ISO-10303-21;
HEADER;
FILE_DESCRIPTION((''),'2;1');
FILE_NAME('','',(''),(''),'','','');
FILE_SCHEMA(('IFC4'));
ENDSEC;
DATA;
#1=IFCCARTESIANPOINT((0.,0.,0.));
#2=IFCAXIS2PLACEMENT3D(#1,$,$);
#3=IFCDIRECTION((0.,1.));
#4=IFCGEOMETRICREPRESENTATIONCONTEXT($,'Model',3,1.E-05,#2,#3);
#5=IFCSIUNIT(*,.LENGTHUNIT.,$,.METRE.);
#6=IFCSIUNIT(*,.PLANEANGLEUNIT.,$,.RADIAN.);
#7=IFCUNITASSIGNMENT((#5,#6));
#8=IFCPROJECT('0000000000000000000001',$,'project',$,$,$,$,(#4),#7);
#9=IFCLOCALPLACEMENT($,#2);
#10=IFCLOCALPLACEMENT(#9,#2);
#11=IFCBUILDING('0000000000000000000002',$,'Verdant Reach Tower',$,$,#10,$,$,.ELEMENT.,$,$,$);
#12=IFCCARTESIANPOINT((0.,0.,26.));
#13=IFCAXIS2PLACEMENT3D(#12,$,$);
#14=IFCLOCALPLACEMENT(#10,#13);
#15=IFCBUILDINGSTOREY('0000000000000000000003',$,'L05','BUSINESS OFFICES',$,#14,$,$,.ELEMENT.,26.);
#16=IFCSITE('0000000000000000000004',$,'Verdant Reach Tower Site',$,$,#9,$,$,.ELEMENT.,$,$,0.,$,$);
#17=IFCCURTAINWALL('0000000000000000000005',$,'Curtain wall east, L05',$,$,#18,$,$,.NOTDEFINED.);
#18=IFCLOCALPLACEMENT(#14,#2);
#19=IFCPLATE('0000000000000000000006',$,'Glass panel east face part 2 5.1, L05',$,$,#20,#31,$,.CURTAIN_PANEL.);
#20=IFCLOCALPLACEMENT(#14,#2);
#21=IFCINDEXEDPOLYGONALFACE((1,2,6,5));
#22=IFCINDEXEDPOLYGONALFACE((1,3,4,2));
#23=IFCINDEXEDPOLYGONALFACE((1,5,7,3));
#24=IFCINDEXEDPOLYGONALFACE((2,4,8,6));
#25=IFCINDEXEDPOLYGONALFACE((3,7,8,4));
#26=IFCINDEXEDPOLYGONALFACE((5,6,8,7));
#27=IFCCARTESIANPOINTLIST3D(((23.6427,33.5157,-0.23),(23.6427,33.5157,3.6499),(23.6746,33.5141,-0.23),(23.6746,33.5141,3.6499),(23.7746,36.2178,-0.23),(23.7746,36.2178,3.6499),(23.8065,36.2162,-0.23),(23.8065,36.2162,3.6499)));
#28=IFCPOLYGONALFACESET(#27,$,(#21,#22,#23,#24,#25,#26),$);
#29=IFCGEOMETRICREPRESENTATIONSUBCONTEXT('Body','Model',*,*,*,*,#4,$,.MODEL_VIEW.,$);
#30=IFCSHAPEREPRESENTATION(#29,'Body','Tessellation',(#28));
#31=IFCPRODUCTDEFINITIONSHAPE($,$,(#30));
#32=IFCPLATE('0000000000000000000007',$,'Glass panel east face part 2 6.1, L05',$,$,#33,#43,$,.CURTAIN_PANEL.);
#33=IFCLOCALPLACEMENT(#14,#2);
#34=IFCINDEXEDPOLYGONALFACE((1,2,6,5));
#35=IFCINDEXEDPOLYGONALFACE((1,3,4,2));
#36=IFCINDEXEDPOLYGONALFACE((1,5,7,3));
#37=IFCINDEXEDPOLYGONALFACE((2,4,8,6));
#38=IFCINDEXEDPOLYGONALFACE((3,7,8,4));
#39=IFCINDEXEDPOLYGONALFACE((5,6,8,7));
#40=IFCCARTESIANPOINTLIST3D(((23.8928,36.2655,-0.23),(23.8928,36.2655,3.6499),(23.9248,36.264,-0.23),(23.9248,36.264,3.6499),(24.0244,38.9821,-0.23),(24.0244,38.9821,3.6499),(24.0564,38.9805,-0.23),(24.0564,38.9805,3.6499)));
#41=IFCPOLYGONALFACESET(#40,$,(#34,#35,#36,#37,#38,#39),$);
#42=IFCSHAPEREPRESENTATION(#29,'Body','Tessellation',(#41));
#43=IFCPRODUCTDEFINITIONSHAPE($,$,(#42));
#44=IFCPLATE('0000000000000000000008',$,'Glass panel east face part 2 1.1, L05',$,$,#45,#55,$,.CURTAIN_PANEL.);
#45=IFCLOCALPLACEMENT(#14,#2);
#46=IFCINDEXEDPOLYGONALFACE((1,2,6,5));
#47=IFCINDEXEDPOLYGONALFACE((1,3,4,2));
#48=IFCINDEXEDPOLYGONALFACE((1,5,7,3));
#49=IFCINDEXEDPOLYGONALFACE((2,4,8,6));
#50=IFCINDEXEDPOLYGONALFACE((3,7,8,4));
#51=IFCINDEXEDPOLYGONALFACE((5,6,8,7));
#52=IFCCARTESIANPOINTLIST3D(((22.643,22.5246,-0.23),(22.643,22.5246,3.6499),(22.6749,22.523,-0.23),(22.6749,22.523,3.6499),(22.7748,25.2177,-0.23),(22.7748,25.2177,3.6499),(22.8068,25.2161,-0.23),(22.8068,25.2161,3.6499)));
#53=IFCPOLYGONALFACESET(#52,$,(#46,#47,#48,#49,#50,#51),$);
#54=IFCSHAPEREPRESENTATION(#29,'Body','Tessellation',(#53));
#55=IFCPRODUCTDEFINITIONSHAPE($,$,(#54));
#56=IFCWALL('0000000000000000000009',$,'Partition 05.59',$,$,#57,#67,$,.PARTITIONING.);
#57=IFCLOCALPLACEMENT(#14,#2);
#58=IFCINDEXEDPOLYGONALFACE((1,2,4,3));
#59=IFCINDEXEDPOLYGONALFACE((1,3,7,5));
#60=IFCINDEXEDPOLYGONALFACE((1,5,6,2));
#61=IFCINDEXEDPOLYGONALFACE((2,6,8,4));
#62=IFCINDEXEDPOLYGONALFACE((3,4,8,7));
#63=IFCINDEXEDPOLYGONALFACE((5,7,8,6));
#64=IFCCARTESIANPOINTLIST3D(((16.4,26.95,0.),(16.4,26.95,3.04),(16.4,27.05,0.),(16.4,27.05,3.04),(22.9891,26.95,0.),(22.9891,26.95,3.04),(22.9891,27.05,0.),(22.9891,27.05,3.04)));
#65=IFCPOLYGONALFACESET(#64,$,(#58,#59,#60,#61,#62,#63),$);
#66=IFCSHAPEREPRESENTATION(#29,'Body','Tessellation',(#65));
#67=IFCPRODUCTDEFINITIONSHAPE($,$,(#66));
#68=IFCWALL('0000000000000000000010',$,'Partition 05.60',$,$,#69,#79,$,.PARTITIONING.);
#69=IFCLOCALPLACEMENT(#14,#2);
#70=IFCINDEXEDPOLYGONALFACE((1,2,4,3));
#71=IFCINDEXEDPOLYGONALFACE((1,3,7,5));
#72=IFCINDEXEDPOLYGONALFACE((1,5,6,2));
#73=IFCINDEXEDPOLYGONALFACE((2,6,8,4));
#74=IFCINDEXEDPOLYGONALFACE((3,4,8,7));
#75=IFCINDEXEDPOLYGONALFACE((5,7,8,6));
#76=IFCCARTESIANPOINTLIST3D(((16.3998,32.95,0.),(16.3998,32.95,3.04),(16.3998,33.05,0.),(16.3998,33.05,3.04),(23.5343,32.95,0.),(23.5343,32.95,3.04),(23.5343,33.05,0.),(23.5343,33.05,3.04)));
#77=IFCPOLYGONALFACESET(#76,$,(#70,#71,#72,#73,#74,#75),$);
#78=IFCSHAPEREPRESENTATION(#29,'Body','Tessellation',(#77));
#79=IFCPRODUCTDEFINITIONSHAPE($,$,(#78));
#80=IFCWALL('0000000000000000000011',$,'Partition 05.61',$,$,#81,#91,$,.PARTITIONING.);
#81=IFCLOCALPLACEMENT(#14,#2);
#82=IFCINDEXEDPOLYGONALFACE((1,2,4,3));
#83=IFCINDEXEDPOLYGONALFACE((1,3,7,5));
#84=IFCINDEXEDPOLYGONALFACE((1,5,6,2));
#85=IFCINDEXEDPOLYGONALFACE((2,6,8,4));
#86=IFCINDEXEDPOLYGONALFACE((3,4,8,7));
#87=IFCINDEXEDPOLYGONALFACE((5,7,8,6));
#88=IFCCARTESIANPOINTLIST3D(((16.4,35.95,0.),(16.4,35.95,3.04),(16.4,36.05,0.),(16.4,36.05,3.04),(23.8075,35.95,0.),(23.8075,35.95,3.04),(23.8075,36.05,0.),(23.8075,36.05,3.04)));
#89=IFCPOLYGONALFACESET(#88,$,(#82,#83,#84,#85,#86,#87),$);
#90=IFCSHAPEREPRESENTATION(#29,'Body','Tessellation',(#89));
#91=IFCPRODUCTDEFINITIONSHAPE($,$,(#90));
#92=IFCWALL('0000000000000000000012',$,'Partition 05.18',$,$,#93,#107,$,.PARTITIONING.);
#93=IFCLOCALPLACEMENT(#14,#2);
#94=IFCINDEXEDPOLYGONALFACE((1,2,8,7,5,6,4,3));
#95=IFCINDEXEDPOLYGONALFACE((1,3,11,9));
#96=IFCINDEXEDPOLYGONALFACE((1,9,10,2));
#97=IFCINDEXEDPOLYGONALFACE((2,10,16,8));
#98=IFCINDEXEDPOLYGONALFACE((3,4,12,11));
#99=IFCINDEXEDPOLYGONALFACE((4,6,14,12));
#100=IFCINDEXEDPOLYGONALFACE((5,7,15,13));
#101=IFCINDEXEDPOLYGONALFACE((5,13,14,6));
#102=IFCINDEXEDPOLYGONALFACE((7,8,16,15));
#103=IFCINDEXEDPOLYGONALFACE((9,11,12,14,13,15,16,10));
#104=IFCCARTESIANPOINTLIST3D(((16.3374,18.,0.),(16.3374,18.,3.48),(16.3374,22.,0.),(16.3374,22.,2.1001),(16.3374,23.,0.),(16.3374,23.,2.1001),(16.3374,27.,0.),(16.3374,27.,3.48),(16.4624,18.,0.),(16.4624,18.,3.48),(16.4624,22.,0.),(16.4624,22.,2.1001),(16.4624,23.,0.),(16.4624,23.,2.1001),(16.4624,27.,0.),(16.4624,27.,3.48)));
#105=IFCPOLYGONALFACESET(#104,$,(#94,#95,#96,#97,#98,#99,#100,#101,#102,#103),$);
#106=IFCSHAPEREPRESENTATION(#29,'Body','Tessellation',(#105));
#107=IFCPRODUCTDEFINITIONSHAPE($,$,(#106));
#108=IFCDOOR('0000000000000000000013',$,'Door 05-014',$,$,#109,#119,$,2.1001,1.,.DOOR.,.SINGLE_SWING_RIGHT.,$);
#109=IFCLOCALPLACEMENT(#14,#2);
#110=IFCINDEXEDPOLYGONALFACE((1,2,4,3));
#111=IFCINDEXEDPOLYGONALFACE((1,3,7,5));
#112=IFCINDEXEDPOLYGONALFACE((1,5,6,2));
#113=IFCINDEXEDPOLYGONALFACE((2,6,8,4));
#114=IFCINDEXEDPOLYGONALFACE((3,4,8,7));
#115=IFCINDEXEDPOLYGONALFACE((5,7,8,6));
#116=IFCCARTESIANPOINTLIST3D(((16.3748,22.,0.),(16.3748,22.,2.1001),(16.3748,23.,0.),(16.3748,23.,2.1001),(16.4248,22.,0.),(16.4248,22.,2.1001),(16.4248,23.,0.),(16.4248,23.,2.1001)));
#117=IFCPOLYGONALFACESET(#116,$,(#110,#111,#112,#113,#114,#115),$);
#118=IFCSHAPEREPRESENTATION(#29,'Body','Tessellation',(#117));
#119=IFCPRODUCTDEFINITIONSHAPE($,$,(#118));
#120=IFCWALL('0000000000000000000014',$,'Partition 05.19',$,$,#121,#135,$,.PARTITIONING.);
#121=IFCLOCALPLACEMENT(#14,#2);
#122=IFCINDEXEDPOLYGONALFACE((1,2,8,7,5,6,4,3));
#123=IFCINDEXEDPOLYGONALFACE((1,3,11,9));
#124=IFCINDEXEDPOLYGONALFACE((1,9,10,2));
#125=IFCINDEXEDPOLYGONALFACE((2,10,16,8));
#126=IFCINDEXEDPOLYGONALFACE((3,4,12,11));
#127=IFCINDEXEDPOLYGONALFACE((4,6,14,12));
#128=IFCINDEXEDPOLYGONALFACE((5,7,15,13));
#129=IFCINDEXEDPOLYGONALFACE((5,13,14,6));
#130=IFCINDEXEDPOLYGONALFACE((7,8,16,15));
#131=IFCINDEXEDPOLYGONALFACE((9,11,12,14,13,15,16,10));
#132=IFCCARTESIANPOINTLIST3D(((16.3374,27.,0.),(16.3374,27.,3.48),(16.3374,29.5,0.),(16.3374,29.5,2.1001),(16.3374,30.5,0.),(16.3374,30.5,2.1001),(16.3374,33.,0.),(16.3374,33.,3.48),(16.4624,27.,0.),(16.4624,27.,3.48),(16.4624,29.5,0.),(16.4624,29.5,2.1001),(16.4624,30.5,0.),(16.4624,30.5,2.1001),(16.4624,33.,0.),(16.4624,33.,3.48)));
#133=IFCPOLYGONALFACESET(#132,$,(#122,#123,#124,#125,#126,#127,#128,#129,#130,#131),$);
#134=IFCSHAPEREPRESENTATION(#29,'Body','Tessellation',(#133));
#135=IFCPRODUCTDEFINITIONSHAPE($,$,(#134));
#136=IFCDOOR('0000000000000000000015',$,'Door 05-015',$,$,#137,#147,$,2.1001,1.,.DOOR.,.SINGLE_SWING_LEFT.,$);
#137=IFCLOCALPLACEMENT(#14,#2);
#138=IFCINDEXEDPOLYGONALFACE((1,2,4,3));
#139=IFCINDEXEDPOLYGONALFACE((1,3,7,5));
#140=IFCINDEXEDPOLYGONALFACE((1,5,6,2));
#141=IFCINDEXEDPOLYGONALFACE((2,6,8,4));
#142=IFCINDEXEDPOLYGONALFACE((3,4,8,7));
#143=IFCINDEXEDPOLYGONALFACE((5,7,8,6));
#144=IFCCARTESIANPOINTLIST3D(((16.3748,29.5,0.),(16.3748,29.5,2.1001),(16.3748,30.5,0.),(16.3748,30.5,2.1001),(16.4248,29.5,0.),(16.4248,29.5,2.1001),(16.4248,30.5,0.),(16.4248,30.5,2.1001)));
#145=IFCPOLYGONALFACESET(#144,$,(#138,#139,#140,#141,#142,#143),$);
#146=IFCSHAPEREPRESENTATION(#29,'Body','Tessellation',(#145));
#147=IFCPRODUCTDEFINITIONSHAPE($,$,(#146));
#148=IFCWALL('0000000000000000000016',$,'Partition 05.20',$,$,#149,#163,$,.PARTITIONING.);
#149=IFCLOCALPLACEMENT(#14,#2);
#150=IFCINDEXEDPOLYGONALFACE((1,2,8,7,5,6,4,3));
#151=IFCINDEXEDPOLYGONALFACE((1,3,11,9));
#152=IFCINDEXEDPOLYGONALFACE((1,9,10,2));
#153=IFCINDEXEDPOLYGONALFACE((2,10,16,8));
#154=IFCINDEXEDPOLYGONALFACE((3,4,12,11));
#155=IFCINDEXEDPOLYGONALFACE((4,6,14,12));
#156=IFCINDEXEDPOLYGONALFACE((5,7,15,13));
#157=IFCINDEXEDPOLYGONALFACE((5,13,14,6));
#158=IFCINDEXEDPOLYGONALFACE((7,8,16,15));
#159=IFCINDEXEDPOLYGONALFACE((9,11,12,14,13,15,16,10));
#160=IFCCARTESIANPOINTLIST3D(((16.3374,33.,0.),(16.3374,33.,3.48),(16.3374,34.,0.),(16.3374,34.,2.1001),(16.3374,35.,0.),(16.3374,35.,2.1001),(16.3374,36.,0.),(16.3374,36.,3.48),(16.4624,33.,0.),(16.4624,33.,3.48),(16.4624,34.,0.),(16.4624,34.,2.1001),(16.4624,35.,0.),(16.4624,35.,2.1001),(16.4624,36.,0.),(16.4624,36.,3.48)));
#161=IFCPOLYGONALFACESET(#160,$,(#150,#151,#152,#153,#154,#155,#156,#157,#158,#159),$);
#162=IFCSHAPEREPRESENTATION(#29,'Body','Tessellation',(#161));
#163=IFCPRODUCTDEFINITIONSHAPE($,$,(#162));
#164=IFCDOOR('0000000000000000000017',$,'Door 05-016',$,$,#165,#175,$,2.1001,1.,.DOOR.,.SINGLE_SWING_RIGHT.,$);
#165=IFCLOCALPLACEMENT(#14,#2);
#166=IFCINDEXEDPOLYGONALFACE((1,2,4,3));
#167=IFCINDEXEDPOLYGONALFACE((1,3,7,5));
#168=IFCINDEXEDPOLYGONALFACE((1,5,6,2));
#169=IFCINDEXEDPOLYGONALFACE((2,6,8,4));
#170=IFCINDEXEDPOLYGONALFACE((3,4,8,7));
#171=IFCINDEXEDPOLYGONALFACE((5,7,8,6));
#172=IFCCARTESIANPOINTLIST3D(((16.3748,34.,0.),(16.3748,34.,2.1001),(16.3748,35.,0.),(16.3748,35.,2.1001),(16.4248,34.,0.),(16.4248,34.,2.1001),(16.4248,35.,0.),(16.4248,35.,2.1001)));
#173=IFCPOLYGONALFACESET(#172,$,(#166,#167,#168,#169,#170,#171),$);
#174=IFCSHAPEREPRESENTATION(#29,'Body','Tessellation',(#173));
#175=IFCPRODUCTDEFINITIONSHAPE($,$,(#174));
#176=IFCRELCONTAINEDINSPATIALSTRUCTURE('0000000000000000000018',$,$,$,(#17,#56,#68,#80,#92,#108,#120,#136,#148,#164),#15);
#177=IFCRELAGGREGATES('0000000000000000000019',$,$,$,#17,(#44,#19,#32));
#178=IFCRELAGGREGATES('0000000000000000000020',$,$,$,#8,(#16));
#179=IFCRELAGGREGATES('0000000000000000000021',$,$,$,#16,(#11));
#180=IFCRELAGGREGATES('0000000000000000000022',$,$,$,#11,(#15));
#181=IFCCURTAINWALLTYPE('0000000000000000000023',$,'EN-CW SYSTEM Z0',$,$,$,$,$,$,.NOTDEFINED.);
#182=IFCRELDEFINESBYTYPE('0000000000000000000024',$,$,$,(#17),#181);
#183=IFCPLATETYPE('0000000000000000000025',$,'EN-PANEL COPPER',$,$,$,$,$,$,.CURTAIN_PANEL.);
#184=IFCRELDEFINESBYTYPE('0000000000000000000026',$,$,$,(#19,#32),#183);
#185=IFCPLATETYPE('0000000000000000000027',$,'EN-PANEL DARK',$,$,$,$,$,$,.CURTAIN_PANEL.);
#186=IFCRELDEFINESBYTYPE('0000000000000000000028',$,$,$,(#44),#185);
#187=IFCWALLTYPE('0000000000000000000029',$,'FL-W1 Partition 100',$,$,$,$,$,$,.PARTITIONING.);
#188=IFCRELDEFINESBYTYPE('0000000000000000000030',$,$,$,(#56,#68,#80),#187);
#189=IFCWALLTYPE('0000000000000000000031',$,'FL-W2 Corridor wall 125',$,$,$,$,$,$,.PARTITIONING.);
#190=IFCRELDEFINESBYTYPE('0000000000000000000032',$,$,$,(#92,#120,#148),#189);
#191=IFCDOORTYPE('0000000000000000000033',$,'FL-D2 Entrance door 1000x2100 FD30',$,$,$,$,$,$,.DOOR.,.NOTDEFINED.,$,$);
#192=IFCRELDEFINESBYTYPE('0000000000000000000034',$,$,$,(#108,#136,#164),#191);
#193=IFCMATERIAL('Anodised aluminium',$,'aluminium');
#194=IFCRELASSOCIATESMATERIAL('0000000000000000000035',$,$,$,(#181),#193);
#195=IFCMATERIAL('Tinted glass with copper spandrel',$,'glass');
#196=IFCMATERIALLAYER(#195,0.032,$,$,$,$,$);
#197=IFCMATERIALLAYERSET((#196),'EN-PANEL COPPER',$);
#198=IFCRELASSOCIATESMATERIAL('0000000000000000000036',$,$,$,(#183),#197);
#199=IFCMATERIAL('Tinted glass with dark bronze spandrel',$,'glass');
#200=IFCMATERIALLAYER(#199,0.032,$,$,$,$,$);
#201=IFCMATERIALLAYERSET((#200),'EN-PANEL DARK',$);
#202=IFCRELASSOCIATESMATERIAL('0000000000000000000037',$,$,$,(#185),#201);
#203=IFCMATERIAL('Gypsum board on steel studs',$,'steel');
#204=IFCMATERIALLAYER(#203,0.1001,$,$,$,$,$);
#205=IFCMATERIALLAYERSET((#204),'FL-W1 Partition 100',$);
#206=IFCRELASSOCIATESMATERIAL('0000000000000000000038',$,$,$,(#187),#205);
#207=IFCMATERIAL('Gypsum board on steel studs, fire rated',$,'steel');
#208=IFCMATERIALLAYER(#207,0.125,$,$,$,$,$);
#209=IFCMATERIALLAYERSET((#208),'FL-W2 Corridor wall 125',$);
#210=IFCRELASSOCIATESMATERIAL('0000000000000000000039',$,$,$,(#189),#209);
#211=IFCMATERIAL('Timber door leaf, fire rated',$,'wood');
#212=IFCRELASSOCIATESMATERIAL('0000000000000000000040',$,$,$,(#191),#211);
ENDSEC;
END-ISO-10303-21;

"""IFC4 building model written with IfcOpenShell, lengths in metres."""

from ifc_helpers import new_model, si_unit, direction, frame, frame_2d, origin, origin_2d, place, context, subcontext, project, spatial, rectangle, extrude, material, layer, layer_set, type_object, element, fill, aggregate, save


model = new_model("IFC4")

# Units and contexts
model_context = context("Model", 3, precision=1e-05, world=origin(), true_north=direction((0.0, 1.0)))
body_context = subcontext(model_context, "Body", "Model", "MODEL_VIEW")
ifc_project = project(units=[si_unit("LENGTHUNIT", "METRE"), si_unit("PLANEANGLEUNIT", "RADIAN")], contexts=[model_context])

# Site, building, storey
site_placement = place(None, origin())
site = spatial("IfcSite", under=ifc_project, at=site_placement, Name="Verdant Reach Tower Site", CompositionType="ELEMENT", RefElevation=0.0)
building_placement = place(site_placement, origin())
building = spatial("IfcBuilding", under=site, at=building_placement, Name="Verdant Reach Tower", CompositionType="ELEMENT")
storey_placement = place(building_placement, frame((0.0, 0.0, 26.0)))
storey = spatial("IfcBuildingStorey", under=building, at=storey_placement, Name="L05", Description="BUSINESS OFFICES", CompositionType="ELEMENT", Elevation=26.0)

# Curtain wall
ifc_material_1 = material(Name="Anodised aluminium", Category="aluminium")
curtain_wall_type = type_object("IfcCurtainWallType", Name="EN-CW SYSTEM Z0", PredefinedType="NOTDEFINED", material=ifc_material_1)
curtain_wall_placement = place(storey_placement, origin())
curtain_wall = element("IfcCurtainWall", 1, at=curtain_wall_placement, inside=storey, type_object=curtain_wall_type, Name="Curtain wall east, L05", PredefinedType="NOTDEFINED")

# Plates
ifc_material_2 = material(Name="Tinted glass with copper spandrel", Category="glass")
ifc_layer_1 = layer(ifc_material_2, 0.032)
ifc_layer_set_1 = layer_set([ifc_layer_1], Name="EN-PANEL COPPER")
plate_type_1 = type_object("IfcPlateType", Name="EN-PANEL COPPER", PredefinedType="CURTAIN_PANEL", material=ifc_layer_set_1)
plate_1_placement = place(storey_placement, frame((23.7246, 34.866, -0.23), z_axis=(0.0, 0.0, 1.0), x_axis=(0.048753, 0.998811, 0.0)))
plate_1 = element("IfcPlate", 2, at=plate_1_placement, type_object=plate_type_1, Name="Glass panel east face part 2 5.1, L05", PredefinedType="CURTAIN_PANEL", context=body_context, shape_type="SweptSolid", body=[
    extrude(rectangle(XDim=2.7053, YDim=0.032, at=origin_2d()), origin(), (0.0, 0.0, 1.0), 3.8799),
])
plate_2_placement = place(storey_placement, frame((23.9746, 37.623, -0.23), z_axis=(0.0, 0.0, 1.0), x_axis=(0.048383, 0.998829, 0.0)))
plate_2 = element("IfcPlate", 3, at=plate_2_placement, type_object=plate_type_1, Name="Glass panel east face part 2 6.1, L05", PredefinedType="CURTAIN_PANEL", context=body_context, shape_type="SweptSolid", body=[
    extrude(rectangle(XDim=2.7197, YDim=0.032, at=origin_2d()), origin(), (0.0, 0.0, 1.0), 3.8799),
])
ifc_material_3 = material(Name="Tinted glass with dark bronze spandrel", Category="glass")
ifc_layer_2 = layer(ifc_material_3, 0.032)
ifc_layer_set_2 = layer_set([ifc_layer_2], Name="EN-PANEL DARK")
plate_type_2 = type_object("IfcPlateType", Name="EN-PANEL DARK", PredefinedType="CURTAIN_PANEL", material=ifc_layer_set_2)
plate_3_placement = place(storey_placement, frame((22.7249, 23.8704, -0.23), z_axis=(0.0, 0.0, 1.0), x_axis=(0.048902, 0.998804, 0.0)))
plate_3 = element("IfcPlate", 4, at=plate_3_placement, type_object=plate_type_2, Name="Glass panel east face part 2 1.1, L05", PredefinedType="CURTAIN_PANEL", context=body_context, shape_type="SweptSolid", body=[
    extrude(rectangle(XDim=2.6963, YDim=0.032, at=origin_2d()), origin(), (0.0, 0.0, 1.0), 3.8799),
])
aggregate(curtain_wall, [plate_3, plate_1, plate_2])

# Walls
ifc_material_4 = material(Name="Gypsum board on steel studs", Category="steel")
ifc_layer_3 = layer(ifc_material_4, 0.1001)
ifc_layer_set_3 = layer_set([ifc_layer_3], Name="FL-W1 Partition 100")
wall_type_1 = type_object("IfcWallType", Name="FL-W1 Partition 100", PredefinedType="PARTITIONING", material=ifc_layer_set_3)
wall_1_placement = place(storey_placement, frame((22.989, 27.0, 0.0), z_axis=(0.0, 0.0, 1.0), x_axis=(-1.0, 0.0, 0.0)))
element("IfcWall", 5, at=wall_1_placement, inside=storey, type_object=wall_type_1, Name="Partition 05.59", PredefinedType="PARTITIONING", context=body_context, shape_type="SweptSolid", body=[
    extrude(rectangle(XDim=6.5891, YDim=0.1001, at=frame_2d((3.2944, 0.0))), origin(), (0.0, 0.0, 1.0), 3.04),
])
wall_2_placement = place(storey_placement, frame((23.5344, 33.0, 0.0), z_axis=(0.0, 0.0, 1.0), x_axis=(-1.0, 0.0, 0.0)))
element("IfcWall", 6, at=wall_2_placement, inside=storey, type_object=wall_type_1, Name="Partition 05.60", PredefinedType="PARTITIONING", context=body_context, shape_type="SweptSolid", body=[
    extrude(rectangle(XDim=7.1345, YDim=0.1001, at=frame_2d((3.5674, 0.0))), origin(), (0.0, 0.0, 1.0), 3.04),
])
wall_3_placement = place(storey_placement, frame((23.8074, 36.0, 0.0), z_axis=(0.0, 0.0, 1.0), x_axis=(-1.0, 0.0, 0.0)))
element("IfcWall", 7, at=wall_3_placement, inside=storey, type_object=wall_type_1, Name="Partition 05.61", PredefinedType="PARTITIONING", context=body_context, shape_type="SweptSolid", body=[
    extrude(rectangle(XDim=7.4075, YDim=0.1001, at=frame_2d((3.7036, 0.0))), origin(), (0.0, 0.0, 1.0), 3.04),
])

# Walls, openings, doors
ifc_material_5 = material(Name="Gypsum board on steel studs, fire rated", Category="steel")
ifc_layer_4 = layer(ifc_material_5, 0.125)
ifc_layer_set_4 = layer_set([ifc_layer_4], Name="FL-W2 Corridor wall 125")
wall_type_2 = type_object("IfcWallType", Name="FL-W2 Corridor wall 125", PredefinedType="PARTITIONING", material=ifc_layer_set_4)
wall_4_placement = place(storey_placement, frame((16.3999, 27.0, 0.0), z_axis=(0.0, 0.0, 1.0), x_axis=(0.0, -1.0, 0.0)))
wall_4 = element("IfcWall", 8, at=wall_4_placement, inside=storey, type_object=wall_type_2, Name="Partition 05.18", PredefinedType="PARTITIONING", context=body_context, shape_type="SweptSolid", body=[
    extrude(rectangle(XDim=9.0, YDim=0.125, at=frame_2d((4.5, 0.0))), origin(), (0.0, 0.0, 1.0), 3.48),
])
opening_1_placement = place(wall_4_placement, frame((4.0, 0.0, 0.0)))
opening_1 = element("IfcOpeningElement", 9, at=opening_1_placement, cuts=wall_4, PredefinedType="OPENING", context=body_context, shape_type="SweptSolid", body=[
    extrude(rectangle(XDim=1.0, YDim=2.1001, at=frame_2d((0.5, 1.05))), frame((0.0, 0.0725, 0.0), z_axis=(0.0, -1.0, 0.0), x_axis=(1.0, 0.0, 0.0)), (0.0, 0.0, 1.0), 0.145),
])
ifc_material_6 = material(Name="Timber door leaf, fire rated", Category="wood")
door_type = type_object("IfcDoorType", Name="FL-D2 Entrance door 1000x2100 FD30", OperationType="NOTDEFINED", PredefinedType="DOOR", material=ifc_material_6)
door_1_placement = place(opening_1_placement, origin())
door_1 = element("IfcDoor", 10, at=door_1_placement, inside=storey, type_object=door_type, Name="Door 05-014", OperationType="SINGLE_SWING_RIGHT", OverallHeight=2.1001, OverallWidth=1.0, PredefinedType="DOOR", context=body_context, shape_type="SweptSolid", body=[
    extrude(rectangle(XDim=1.0, YDim=2.1001, at=frame_2d((0.5, 1.05))), frame((0.0, 0.0249, 0.0), z_axis=(0.0, -1.0, 0.0), x_axis=(1.0, 0.0, 0.0)), (0.0, 0.0, 1.0), 0.05),
])
fill(opening_1, door_1)
wall_5_placement = place(storey_placement, frame((16.3999, 33.0, 0.0), z_axis=(0.0, 0.0, 1.0), x_axis=(0.0, -1.0, 0.0)))
wall_5 = element("IfcWall", 11, at=wall_5_placement, inside=storey, type_object=wall_type_2, Name="Partition 05.19", PredefinedType="PARTITIONING", context=body_context, shape_type="SweptSolid", body=[
    extrude(rectangle(XDim=6.0, YDim=0.125, at=frame_2d((3.0, 0.0))), origin(), (0.0, 0.0, 1.0), 3.48),
])
opening_2_placement = place(wall_5_placement, frame((2.5, 0.0, 0.0)))
opening_2 = element("IfcOpeningElement", 12, at=opening_2_placement, cuts=wall_5, PredefinedType="OPENING", context=body_context, shape_type="SweptSolid", body=[
    extrude(rectangle(XDim=1.0, YDim=2.1001, at=frame_2d((0.5, 1.05))), frame((0.0, 0.0725, 0.0), z_axis=(0.0, -1.0, 0.0), x_axis=(1.0, 0.0, 0.0)), (0.0, 0.0, 1.0), 0.145),
])
door_2_placement = place(opening_2_placement, origin())
door_2 = element("IfcDoor", 13, at=door_2_placement, inside=storey, type_object=door_type, Name="Door 05-015", OperationType="SINGLE_SWING_LEFT", OverallHeight=2.1001, OverallWidth=1.0, PredefinedType="DOOR", context=body_context, shape_type="SweptSolid", body=[
    extrude(rectangle(XDim=1.0, YDim=2.1001, at=frame_2d((0.5, 1.05))), frame((0.0, 0.0249, 0.0), z_axis=(0.0, -1.0, 0.0), x_axis=(1.0, 0.0, 0.0)), (0.0, 0.0, 1.0), 0.05),
])
fill(opening_2, door_2)
wall_6_placement = place(storey_placement, frame((16.3999, 36.0, 0.0), z_axis=(0.0, 0.0, 1.0), x_axis=(0.0, -1.0, 0.0)))
wall_6 = element("IfcWall", 14, at=wall_6_placement, inside=storey, type_object=wall_type_2, Name="Partition 05.20", PredefinedType="PARTITIONING", context=body_context, shape_type="SweptSolid", body=[
    extrude(rectangle(XDim=3.0, YDim=0.125, at=frame_2d((1.5, 0.0))), origin(), (0.0, 0.0, 1.0), 3.48),
])
opening_3_placement = place(wall_6_placement, frame((1.0, 0.0, 0.0)))
opening_3 = element("IfcOpeningElement", 15, at=opening_3_placement, cuts=wall_6, PredefinedType="OPENING", context=body_context, shape_type="SweptSolid", body=[
    extrude(rectangle(XDim=1.0, YDim=2.1001, at=frame_2d((0.5, 1.05))), frame((0.0, 0.0725, 0.0), z_axis=(0.0, -1.0, 0.0), x_axis=(1.0, 0.0, 0.0)), (0.0, 0.0, 1.0), 0.145),
])
door_3_placement = place(opening_3_placement, origin())
door_3 = element("IfcDoor", 16, at=door_3_placement, inside=storey, type_object=door_type, Name="Door 05-016", OperationType="SINGLE_SWING_RIGHT", OverallHeight=2.1001, OverallWidth=1.0, PredefinedType="DOOR", context=body_context, shape_type="SweptSolid", body=[
    extrude(rectangle(XDim=1.0, YDim=2.1001, at=frame_2d((0.5, 1.05))), frame((0.0, 0.0249, 0.0), z_axis=(0.0, -1.0, 0.0), x_axis=(1.0, 0.0, 0.0)), (0.0, 0.0, 1.0), 0.05),
])
fill(opening_3, door_3)

save(model, "model.ifc")
